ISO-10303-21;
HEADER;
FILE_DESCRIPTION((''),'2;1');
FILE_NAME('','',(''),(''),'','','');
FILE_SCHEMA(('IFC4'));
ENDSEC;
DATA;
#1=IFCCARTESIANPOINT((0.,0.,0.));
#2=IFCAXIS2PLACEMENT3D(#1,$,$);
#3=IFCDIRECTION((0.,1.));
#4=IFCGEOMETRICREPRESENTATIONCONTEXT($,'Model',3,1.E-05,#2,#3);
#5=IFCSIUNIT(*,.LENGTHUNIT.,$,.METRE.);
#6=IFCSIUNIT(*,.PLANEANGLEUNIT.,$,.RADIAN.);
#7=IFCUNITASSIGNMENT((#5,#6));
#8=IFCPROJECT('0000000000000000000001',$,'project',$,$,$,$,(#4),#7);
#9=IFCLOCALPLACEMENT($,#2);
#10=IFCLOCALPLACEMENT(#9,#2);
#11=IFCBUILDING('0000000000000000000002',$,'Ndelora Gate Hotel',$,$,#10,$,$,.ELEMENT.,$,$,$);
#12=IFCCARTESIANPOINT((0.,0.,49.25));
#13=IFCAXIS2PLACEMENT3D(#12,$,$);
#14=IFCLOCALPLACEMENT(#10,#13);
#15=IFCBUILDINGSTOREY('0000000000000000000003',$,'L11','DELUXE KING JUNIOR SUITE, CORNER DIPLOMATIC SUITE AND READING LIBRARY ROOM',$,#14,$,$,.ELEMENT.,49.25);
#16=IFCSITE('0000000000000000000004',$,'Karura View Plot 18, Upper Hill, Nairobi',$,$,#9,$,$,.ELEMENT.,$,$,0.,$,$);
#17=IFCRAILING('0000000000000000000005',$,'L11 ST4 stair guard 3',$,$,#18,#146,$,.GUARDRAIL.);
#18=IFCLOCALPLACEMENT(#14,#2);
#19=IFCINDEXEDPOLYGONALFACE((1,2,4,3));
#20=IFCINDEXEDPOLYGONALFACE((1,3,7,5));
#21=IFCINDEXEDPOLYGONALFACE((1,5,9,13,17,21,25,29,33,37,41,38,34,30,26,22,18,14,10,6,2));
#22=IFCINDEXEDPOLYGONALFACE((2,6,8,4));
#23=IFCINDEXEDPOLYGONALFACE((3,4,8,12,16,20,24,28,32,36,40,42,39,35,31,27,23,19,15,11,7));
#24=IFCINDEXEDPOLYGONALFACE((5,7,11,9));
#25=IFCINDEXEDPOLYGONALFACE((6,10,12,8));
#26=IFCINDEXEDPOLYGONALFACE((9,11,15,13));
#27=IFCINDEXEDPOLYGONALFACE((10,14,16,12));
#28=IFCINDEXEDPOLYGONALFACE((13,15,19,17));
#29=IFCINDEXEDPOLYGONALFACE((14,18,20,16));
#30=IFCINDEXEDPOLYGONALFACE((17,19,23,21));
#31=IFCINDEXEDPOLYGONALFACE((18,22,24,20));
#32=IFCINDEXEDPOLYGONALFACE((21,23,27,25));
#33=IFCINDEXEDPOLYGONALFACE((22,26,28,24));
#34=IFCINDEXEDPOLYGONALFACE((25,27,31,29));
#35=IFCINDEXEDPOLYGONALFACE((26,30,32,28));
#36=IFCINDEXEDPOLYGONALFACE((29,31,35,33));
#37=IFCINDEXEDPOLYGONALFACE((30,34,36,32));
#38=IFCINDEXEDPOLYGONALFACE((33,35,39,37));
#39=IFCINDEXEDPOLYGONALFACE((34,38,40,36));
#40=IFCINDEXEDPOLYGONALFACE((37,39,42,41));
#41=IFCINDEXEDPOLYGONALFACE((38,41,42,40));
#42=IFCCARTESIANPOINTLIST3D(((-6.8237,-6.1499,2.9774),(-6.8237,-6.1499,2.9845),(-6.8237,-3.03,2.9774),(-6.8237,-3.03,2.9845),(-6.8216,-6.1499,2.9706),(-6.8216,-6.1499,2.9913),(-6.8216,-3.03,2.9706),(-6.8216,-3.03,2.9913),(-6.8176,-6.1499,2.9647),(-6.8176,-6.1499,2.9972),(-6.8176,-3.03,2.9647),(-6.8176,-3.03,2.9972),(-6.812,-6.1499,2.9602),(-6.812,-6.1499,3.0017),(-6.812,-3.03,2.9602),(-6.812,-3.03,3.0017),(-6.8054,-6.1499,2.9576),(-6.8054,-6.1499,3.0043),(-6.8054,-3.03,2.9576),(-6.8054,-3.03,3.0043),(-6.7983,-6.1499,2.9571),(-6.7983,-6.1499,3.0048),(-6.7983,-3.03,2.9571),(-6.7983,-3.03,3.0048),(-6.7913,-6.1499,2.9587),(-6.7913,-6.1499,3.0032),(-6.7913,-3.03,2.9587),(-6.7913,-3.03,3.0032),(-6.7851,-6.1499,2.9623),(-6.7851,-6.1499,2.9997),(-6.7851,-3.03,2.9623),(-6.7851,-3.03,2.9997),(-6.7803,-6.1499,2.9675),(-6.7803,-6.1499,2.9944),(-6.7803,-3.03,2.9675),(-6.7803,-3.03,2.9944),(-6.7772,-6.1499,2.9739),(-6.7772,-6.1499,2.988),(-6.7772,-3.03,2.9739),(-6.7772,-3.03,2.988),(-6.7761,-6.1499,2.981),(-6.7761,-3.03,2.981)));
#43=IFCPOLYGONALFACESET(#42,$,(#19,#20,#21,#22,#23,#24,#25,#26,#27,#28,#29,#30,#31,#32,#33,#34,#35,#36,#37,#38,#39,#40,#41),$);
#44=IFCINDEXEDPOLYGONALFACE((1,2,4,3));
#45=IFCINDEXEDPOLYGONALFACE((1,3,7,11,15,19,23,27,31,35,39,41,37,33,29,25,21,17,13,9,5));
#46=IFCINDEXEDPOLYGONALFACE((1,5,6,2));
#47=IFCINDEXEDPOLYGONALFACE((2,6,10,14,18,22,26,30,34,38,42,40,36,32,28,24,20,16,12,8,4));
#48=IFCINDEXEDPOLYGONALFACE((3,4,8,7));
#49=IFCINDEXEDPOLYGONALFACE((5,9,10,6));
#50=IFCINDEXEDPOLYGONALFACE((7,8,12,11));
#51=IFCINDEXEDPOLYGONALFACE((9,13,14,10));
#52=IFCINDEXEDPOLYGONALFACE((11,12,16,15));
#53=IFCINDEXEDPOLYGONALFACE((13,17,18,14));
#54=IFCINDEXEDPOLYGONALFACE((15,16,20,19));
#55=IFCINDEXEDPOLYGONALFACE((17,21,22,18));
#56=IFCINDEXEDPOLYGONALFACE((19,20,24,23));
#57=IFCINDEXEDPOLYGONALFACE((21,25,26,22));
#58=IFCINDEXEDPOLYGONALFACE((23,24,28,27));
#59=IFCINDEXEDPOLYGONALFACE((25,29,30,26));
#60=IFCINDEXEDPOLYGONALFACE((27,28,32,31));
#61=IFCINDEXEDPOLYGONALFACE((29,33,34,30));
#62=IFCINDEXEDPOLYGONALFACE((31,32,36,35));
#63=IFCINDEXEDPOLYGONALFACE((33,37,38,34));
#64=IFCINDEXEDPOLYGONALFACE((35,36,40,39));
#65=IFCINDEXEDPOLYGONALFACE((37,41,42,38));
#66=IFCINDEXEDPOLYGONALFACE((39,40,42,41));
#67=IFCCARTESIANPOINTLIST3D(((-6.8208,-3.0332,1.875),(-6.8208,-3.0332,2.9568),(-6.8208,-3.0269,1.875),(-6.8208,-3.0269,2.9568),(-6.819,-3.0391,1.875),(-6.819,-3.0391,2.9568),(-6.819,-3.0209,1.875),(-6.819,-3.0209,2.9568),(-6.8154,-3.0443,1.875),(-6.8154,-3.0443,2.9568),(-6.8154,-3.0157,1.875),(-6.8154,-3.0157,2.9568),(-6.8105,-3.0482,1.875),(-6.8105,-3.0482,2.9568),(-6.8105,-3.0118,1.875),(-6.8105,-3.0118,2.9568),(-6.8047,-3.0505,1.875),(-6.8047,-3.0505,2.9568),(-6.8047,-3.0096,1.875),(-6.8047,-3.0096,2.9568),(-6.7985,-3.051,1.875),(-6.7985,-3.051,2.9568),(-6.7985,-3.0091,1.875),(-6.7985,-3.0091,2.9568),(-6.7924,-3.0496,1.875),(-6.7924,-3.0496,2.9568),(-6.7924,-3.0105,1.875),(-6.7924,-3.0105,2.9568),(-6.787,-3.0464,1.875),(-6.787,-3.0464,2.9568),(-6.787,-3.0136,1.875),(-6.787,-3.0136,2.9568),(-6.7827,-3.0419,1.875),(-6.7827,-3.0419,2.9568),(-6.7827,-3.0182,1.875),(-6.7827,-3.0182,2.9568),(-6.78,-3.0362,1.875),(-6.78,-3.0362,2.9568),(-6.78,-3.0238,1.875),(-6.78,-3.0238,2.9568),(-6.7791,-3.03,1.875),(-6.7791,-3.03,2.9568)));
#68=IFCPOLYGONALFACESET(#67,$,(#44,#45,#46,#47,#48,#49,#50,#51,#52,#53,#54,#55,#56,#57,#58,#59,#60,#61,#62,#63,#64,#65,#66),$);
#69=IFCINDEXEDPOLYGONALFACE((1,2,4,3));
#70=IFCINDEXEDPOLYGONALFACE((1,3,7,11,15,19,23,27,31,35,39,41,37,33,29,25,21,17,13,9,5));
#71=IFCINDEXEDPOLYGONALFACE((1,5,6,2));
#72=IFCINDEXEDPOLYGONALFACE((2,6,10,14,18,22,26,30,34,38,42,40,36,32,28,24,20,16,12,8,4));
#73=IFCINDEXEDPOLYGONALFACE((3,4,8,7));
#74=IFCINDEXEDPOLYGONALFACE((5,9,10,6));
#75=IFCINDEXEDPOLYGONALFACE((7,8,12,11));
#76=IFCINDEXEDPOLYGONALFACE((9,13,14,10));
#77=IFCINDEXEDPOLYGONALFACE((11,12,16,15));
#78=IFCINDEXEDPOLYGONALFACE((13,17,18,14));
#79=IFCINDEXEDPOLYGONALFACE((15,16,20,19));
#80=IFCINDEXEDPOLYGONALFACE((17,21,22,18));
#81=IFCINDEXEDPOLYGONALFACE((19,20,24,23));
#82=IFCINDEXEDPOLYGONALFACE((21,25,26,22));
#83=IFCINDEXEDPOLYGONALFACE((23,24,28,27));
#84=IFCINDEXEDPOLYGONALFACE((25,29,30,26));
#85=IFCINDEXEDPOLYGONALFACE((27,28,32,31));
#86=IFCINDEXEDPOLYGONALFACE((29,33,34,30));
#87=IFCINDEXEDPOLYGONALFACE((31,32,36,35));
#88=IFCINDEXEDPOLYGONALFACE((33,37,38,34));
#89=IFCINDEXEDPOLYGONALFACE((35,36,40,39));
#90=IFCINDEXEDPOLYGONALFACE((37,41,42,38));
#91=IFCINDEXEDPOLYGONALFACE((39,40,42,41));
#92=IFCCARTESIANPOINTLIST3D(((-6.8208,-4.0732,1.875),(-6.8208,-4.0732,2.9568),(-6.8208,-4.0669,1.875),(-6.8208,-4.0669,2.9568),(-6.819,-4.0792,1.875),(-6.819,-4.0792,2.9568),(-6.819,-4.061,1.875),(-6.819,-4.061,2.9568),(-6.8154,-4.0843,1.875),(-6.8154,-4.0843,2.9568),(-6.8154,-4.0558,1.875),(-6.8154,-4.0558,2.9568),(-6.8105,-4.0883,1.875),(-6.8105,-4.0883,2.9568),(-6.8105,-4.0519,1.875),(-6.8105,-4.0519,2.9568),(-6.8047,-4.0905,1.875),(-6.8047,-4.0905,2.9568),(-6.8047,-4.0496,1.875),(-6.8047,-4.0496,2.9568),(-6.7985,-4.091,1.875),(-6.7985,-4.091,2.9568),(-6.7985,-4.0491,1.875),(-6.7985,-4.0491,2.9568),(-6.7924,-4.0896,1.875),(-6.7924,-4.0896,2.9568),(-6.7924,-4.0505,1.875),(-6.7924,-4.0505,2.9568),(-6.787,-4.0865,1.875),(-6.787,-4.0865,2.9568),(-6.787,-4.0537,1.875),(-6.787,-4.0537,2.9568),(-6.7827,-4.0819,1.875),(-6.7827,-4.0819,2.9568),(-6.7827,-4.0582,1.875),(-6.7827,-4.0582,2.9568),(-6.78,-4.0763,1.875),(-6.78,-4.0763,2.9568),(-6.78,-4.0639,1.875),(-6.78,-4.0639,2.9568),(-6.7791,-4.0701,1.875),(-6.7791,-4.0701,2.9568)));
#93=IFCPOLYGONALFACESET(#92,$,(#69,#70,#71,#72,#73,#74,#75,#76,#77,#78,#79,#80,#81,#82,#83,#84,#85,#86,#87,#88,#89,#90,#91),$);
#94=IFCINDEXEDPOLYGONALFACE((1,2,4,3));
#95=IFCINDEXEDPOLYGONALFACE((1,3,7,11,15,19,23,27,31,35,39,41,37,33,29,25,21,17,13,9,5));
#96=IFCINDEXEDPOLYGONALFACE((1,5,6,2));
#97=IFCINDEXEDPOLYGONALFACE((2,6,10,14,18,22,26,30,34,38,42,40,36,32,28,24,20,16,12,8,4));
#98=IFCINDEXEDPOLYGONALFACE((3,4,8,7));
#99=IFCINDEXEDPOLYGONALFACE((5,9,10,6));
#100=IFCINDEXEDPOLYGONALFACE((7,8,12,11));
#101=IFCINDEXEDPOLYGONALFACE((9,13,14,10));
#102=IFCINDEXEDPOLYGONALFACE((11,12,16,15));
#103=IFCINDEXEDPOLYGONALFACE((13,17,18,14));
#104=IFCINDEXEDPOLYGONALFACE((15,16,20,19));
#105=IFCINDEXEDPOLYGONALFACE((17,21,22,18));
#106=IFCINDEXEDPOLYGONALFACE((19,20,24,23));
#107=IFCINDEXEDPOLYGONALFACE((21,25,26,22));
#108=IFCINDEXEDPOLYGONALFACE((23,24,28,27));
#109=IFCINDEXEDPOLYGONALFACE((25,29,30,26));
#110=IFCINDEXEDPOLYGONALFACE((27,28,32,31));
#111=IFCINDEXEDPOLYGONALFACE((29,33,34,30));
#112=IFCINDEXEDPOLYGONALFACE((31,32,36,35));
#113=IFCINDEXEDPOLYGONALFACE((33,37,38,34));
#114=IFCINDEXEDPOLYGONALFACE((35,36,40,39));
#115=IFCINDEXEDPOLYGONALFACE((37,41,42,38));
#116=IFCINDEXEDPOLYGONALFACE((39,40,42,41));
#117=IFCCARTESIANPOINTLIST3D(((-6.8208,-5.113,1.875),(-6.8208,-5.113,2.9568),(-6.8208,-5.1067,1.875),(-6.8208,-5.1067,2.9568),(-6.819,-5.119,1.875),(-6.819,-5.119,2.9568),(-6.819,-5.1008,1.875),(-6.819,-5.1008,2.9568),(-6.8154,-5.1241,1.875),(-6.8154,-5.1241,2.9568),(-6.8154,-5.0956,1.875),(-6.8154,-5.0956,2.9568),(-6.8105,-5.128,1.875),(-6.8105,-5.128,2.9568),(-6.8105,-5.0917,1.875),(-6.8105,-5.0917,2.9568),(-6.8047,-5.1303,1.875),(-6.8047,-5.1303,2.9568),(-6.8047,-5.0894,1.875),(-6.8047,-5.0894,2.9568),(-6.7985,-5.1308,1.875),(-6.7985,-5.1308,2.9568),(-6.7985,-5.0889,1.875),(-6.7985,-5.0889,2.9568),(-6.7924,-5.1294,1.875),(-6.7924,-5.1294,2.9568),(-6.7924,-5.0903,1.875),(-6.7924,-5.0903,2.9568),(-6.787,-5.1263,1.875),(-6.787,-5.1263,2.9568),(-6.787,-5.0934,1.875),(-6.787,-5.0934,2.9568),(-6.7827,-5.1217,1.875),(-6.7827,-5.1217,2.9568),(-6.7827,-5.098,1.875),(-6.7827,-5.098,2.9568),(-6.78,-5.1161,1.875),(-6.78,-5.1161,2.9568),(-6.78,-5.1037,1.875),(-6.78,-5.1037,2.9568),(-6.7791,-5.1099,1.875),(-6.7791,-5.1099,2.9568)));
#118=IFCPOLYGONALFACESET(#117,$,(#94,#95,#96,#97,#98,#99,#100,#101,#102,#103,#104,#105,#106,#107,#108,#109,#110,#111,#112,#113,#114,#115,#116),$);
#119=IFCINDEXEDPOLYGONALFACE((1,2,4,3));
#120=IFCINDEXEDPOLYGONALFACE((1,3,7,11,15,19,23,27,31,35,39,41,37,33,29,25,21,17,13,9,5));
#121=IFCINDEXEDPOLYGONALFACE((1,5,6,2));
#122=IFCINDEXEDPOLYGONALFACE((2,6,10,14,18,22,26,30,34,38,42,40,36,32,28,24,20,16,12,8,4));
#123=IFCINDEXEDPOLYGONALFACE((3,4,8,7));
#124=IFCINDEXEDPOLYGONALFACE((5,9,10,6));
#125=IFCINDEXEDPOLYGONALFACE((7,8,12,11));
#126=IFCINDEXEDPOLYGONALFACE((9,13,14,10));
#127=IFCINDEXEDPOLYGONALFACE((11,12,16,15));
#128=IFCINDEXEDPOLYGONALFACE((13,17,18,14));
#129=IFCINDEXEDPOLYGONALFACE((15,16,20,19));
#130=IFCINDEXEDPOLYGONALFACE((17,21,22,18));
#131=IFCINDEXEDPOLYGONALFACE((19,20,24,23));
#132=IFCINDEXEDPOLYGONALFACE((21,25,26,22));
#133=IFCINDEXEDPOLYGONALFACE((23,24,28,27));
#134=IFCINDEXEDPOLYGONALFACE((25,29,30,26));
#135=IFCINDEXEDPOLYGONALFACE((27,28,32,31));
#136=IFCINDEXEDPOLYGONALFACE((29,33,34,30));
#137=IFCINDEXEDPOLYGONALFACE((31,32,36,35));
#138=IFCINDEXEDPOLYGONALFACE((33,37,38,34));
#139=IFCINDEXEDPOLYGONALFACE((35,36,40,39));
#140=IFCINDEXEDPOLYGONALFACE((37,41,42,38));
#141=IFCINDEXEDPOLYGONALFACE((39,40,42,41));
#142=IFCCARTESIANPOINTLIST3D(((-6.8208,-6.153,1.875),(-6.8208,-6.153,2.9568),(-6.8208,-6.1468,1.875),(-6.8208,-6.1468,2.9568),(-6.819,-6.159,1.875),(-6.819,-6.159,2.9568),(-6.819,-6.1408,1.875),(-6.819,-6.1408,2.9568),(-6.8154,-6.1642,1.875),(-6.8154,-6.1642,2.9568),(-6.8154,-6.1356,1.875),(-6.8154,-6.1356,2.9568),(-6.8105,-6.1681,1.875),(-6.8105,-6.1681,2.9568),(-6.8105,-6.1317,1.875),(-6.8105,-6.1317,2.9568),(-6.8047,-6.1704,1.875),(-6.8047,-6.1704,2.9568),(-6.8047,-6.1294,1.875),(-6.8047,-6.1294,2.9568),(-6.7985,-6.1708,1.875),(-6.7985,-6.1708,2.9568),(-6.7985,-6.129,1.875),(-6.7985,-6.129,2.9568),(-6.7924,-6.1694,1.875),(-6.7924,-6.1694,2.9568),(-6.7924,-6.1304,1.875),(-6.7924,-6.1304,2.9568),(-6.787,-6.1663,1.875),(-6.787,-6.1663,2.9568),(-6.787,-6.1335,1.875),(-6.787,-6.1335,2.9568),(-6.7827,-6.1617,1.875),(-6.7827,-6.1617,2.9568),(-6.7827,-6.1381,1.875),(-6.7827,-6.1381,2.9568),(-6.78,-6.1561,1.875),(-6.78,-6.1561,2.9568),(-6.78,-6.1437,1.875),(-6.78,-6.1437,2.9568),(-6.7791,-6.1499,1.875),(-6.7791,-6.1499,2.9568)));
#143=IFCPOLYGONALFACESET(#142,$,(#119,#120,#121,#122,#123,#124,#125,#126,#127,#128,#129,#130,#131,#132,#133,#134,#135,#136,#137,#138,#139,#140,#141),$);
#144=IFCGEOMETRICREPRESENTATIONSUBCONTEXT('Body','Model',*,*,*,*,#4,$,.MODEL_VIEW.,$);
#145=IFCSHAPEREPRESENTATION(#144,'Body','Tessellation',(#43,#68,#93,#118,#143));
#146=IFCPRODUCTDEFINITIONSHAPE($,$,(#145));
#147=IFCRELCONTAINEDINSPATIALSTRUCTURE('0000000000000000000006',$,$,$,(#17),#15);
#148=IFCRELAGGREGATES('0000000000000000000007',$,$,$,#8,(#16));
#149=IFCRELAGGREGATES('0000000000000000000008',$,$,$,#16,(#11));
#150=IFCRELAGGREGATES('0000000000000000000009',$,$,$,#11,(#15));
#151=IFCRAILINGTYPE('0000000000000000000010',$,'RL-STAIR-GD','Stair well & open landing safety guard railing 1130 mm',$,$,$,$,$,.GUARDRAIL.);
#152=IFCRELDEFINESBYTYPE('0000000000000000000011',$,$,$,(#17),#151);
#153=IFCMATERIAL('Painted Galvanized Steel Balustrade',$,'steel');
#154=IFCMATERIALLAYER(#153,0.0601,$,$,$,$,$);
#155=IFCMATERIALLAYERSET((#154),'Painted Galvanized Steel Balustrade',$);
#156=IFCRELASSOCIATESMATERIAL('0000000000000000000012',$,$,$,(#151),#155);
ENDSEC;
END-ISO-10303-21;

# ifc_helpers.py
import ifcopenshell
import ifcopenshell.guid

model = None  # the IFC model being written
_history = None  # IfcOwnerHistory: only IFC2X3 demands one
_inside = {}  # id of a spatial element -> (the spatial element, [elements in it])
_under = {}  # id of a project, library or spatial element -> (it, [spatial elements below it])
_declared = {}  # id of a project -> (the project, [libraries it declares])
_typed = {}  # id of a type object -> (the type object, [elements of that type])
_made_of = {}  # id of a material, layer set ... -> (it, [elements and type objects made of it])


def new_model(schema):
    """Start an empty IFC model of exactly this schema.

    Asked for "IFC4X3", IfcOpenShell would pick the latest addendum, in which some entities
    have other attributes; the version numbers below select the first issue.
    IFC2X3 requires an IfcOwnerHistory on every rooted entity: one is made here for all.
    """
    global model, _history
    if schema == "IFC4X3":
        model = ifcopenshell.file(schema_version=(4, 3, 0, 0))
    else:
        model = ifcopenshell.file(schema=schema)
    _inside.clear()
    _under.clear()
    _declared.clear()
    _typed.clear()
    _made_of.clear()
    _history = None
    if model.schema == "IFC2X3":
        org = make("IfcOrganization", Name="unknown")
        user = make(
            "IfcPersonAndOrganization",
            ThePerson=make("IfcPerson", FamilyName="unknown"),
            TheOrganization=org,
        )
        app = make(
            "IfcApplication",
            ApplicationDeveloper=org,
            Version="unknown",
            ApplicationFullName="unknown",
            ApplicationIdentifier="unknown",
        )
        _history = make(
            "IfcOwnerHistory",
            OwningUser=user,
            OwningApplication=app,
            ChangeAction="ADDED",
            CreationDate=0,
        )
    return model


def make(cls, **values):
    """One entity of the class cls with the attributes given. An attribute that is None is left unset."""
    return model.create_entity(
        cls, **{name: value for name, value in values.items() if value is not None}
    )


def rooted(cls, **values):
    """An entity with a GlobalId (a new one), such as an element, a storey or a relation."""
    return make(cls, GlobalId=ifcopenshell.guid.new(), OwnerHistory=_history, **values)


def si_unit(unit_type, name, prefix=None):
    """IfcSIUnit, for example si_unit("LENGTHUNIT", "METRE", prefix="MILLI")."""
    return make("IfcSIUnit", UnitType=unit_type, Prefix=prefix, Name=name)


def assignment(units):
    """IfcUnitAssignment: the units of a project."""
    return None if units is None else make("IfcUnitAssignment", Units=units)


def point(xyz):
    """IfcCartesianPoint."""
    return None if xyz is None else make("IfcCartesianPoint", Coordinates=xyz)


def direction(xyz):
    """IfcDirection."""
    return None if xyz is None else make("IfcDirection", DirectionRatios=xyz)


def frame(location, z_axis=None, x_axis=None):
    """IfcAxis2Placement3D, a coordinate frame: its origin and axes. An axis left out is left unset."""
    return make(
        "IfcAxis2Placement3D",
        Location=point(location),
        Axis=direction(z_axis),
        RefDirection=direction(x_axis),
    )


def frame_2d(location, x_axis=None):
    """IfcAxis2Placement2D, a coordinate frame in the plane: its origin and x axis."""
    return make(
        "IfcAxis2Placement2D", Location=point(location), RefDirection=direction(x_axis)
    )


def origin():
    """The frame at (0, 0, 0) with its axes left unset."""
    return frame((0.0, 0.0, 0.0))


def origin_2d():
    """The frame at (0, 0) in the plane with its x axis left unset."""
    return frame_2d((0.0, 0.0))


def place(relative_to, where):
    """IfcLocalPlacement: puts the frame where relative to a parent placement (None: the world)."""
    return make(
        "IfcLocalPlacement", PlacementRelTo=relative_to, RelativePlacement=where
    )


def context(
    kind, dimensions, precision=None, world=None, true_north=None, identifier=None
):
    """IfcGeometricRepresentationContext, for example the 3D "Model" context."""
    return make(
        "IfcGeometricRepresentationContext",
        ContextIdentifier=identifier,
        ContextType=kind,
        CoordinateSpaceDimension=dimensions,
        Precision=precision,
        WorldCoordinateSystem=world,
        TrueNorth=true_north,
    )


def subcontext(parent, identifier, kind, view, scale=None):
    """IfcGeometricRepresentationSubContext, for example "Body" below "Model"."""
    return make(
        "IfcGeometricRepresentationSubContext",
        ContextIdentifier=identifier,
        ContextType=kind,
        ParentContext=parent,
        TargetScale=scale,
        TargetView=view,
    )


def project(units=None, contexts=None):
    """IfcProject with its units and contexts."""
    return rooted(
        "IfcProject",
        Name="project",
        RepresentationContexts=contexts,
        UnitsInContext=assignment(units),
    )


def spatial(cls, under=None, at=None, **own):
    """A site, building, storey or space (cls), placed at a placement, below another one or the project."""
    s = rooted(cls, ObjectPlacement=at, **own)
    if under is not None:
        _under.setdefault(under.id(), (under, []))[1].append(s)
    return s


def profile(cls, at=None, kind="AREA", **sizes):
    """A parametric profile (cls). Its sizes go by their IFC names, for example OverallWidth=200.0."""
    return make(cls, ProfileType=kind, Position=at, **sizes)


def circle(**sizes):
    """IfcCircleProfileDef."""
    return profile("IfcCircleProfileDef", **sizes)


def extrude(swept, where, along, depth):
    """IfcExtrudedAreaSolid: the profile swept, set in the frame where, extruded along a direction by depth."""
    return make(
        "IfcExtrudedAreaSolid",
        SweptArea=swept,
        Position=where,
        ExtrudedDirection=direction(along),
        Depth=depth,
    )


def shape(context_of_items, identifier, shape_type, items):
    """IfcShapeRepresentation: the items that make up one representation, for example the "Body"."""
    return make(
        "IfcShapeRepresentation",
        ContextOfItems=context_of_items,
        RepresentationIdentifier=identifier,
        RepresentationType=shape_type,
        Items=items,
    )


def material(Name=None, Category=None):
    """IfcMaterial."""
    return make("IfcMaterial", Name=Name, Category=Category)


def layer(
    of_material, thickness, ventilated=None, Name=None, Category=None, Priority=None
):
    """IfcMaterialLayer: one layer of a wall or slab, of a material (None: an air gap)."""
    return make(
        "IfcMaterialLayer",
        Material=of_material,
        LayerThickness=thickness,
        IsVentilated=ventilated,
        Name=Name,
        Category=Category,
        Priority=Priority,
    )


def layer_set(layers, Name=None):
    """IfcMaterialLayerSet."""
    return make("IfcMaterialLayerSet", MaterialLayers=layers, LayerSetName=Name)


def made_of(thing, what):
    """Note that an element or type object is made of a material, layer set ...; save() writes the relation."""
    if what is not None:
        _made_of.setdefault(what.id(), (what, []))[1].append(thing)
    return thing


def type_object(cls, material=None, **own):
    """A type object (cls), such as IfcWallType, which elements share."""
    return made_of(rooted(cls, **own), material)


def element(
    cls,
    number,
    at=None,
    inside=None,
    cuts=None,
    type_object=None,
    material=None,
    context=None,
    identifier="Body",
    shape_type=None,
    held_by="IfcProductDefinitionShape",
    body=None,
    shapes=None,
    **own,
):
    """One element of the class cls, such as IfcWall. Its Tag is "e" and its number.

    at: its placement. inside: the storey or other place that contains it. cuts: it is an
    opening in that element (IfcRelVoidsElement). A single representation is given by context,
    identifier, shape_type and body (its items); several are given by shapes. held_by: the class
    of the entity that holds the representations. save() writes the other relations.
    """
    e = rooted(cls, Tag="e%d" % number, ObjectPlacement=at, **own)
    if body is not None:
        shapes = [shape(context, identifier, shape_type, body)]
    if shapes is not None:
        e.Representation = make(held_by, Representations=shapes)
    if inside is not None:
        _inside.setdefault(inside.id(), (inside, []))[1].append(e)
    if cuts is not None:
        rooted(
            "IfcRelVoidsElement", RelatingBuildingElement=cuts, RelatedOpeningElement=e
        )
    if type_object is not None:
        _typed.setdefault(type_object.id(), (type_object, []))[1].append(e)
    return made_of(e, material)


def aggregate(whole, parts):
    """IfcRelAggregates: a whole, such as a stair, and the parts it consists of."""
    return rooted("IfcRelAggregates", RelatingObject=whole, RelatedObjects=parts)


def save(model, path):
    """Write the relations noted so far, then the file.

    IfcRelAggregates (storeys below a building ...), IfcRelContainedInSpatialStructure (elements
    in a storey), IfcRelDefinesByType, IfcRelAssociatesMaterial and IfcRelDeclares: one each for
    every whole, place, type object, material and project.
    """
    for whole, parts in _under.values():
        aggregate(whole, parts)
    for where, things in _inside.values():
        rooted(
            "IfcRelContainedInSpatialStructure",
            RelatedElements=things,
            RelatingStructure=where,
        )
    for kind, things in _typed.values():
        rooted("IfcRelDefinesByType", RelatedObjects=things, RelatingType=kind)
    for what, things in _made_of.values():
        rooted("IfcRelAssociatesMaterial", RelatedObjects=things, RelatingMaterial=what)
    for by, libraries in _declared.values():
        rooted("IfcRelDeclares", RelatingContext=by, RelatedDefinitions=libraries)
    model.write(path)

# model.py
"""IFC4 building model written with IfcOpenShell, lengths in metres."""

from ifc_helpers import new_model, si_unit, direction, frame, origin, origin_2d, place, context, subcontext, project, spatial, circle, extrude, material, layer, layer_set, type_object, element, save


model = new_model("IFC4")

# Units and contexts
model_context = context("Model", 3, precision=1e-05, world=origin(), true_north=direction((0.0, 1.0)))
body_context = subcontext(model_context, "Body", "Model", "MODEL_VIEW")
ifc_project = project(units=[si_unit("LENGTHUNIT", "METRE"), si_unit("PLANEANGLEUNIT", "RADIAN")], contexts=[model_context])

# Site, building, storey
site_placement = place(None, origin())
site = spatial("IfcSite", under=ifc_project, at=site_placement, Name="Karura View Plot 18, Upper Hill, Nairobi", CompositionType="ELEMENT", RefElevation=0.0)
building_placement = place(site_placement, origin())
building = spatial("IfcBuilding", under=site, at=building_placement, Name="Ndelora Gate Hotel", CompositionType="ELEMENT")
storey_placement = place(building_placement, frame((0.0, 0.0, 49.25)))
storey = spatial("IfcBuildingStorey", under=building, at=storey_placement, Name="L11", Description="DELUXE KING JUNIOR SUITE, CORNER DIPLOMATIC SUITE AND READING LIBRARY ROOM", CompositionType="ELEMENT", Elevation=49.25)

# Railing
ifc_material_1 = material(Name="Painted Galvanized Steel Balustrade", Category="steel")
ifc_layer_1 = layer(ifc_material_1, 0.0601)
ifc_layer_set_1 = layer_set([ifc_layer_1], Name="Painted Galvanized Steel Balustrade")
railing_type = type_object("IfcRailingType", Name="RL-STAIR-GD", Description="Stair well & open landing safety guard railing 1130 mm", PredefinedType="GUARDRAIL", material=ifc_layer_set_1)
railing_1_placement = place(storey_placement, frame((-6.8, -3.03, 1.875)))
element("IfcRailing", 1, at=railing_1_placement, inside=storey, type_object=railing_type, Name="L11 ST4 stair guard 3", PredefinedType="GUARDRAIL", context=body_context, shape_type="SweptSolid", body=[
    extrude(circle(Radius=0.0239, at=origin_2d()), frame((0.0, 0.0, 1.106), z_axis=(0.0, -1.0, 0.0), x_axis=(1.0, 0.0, 0.0)), (0.0, 0.0, 1.0), 3.1199),
    extrude(circle(Radius=0.021, at=origin_2d()), origin(), (0.0, 0.0, 1.0), 1.0818),
    extrude(circle(Radius=0.021, at=origin_2d()), frame((0.0, -1.04, 0.0)), (0.0, 0.0, 1.0), 1.0818),
    extrude(circle(Radius=0.021, at=origin_2d()), frame((0.0, -2.0798, 0.0)), (0.0, 0.0, 1.0), 1.0818),
    extrude(circle(Radius=0.021, at=origin_2d()), frame((0.0, -3.1199, 0.0)), (0.0, 0.0, 1.0), 1.0818),
])

save(model, "model.ifc")
